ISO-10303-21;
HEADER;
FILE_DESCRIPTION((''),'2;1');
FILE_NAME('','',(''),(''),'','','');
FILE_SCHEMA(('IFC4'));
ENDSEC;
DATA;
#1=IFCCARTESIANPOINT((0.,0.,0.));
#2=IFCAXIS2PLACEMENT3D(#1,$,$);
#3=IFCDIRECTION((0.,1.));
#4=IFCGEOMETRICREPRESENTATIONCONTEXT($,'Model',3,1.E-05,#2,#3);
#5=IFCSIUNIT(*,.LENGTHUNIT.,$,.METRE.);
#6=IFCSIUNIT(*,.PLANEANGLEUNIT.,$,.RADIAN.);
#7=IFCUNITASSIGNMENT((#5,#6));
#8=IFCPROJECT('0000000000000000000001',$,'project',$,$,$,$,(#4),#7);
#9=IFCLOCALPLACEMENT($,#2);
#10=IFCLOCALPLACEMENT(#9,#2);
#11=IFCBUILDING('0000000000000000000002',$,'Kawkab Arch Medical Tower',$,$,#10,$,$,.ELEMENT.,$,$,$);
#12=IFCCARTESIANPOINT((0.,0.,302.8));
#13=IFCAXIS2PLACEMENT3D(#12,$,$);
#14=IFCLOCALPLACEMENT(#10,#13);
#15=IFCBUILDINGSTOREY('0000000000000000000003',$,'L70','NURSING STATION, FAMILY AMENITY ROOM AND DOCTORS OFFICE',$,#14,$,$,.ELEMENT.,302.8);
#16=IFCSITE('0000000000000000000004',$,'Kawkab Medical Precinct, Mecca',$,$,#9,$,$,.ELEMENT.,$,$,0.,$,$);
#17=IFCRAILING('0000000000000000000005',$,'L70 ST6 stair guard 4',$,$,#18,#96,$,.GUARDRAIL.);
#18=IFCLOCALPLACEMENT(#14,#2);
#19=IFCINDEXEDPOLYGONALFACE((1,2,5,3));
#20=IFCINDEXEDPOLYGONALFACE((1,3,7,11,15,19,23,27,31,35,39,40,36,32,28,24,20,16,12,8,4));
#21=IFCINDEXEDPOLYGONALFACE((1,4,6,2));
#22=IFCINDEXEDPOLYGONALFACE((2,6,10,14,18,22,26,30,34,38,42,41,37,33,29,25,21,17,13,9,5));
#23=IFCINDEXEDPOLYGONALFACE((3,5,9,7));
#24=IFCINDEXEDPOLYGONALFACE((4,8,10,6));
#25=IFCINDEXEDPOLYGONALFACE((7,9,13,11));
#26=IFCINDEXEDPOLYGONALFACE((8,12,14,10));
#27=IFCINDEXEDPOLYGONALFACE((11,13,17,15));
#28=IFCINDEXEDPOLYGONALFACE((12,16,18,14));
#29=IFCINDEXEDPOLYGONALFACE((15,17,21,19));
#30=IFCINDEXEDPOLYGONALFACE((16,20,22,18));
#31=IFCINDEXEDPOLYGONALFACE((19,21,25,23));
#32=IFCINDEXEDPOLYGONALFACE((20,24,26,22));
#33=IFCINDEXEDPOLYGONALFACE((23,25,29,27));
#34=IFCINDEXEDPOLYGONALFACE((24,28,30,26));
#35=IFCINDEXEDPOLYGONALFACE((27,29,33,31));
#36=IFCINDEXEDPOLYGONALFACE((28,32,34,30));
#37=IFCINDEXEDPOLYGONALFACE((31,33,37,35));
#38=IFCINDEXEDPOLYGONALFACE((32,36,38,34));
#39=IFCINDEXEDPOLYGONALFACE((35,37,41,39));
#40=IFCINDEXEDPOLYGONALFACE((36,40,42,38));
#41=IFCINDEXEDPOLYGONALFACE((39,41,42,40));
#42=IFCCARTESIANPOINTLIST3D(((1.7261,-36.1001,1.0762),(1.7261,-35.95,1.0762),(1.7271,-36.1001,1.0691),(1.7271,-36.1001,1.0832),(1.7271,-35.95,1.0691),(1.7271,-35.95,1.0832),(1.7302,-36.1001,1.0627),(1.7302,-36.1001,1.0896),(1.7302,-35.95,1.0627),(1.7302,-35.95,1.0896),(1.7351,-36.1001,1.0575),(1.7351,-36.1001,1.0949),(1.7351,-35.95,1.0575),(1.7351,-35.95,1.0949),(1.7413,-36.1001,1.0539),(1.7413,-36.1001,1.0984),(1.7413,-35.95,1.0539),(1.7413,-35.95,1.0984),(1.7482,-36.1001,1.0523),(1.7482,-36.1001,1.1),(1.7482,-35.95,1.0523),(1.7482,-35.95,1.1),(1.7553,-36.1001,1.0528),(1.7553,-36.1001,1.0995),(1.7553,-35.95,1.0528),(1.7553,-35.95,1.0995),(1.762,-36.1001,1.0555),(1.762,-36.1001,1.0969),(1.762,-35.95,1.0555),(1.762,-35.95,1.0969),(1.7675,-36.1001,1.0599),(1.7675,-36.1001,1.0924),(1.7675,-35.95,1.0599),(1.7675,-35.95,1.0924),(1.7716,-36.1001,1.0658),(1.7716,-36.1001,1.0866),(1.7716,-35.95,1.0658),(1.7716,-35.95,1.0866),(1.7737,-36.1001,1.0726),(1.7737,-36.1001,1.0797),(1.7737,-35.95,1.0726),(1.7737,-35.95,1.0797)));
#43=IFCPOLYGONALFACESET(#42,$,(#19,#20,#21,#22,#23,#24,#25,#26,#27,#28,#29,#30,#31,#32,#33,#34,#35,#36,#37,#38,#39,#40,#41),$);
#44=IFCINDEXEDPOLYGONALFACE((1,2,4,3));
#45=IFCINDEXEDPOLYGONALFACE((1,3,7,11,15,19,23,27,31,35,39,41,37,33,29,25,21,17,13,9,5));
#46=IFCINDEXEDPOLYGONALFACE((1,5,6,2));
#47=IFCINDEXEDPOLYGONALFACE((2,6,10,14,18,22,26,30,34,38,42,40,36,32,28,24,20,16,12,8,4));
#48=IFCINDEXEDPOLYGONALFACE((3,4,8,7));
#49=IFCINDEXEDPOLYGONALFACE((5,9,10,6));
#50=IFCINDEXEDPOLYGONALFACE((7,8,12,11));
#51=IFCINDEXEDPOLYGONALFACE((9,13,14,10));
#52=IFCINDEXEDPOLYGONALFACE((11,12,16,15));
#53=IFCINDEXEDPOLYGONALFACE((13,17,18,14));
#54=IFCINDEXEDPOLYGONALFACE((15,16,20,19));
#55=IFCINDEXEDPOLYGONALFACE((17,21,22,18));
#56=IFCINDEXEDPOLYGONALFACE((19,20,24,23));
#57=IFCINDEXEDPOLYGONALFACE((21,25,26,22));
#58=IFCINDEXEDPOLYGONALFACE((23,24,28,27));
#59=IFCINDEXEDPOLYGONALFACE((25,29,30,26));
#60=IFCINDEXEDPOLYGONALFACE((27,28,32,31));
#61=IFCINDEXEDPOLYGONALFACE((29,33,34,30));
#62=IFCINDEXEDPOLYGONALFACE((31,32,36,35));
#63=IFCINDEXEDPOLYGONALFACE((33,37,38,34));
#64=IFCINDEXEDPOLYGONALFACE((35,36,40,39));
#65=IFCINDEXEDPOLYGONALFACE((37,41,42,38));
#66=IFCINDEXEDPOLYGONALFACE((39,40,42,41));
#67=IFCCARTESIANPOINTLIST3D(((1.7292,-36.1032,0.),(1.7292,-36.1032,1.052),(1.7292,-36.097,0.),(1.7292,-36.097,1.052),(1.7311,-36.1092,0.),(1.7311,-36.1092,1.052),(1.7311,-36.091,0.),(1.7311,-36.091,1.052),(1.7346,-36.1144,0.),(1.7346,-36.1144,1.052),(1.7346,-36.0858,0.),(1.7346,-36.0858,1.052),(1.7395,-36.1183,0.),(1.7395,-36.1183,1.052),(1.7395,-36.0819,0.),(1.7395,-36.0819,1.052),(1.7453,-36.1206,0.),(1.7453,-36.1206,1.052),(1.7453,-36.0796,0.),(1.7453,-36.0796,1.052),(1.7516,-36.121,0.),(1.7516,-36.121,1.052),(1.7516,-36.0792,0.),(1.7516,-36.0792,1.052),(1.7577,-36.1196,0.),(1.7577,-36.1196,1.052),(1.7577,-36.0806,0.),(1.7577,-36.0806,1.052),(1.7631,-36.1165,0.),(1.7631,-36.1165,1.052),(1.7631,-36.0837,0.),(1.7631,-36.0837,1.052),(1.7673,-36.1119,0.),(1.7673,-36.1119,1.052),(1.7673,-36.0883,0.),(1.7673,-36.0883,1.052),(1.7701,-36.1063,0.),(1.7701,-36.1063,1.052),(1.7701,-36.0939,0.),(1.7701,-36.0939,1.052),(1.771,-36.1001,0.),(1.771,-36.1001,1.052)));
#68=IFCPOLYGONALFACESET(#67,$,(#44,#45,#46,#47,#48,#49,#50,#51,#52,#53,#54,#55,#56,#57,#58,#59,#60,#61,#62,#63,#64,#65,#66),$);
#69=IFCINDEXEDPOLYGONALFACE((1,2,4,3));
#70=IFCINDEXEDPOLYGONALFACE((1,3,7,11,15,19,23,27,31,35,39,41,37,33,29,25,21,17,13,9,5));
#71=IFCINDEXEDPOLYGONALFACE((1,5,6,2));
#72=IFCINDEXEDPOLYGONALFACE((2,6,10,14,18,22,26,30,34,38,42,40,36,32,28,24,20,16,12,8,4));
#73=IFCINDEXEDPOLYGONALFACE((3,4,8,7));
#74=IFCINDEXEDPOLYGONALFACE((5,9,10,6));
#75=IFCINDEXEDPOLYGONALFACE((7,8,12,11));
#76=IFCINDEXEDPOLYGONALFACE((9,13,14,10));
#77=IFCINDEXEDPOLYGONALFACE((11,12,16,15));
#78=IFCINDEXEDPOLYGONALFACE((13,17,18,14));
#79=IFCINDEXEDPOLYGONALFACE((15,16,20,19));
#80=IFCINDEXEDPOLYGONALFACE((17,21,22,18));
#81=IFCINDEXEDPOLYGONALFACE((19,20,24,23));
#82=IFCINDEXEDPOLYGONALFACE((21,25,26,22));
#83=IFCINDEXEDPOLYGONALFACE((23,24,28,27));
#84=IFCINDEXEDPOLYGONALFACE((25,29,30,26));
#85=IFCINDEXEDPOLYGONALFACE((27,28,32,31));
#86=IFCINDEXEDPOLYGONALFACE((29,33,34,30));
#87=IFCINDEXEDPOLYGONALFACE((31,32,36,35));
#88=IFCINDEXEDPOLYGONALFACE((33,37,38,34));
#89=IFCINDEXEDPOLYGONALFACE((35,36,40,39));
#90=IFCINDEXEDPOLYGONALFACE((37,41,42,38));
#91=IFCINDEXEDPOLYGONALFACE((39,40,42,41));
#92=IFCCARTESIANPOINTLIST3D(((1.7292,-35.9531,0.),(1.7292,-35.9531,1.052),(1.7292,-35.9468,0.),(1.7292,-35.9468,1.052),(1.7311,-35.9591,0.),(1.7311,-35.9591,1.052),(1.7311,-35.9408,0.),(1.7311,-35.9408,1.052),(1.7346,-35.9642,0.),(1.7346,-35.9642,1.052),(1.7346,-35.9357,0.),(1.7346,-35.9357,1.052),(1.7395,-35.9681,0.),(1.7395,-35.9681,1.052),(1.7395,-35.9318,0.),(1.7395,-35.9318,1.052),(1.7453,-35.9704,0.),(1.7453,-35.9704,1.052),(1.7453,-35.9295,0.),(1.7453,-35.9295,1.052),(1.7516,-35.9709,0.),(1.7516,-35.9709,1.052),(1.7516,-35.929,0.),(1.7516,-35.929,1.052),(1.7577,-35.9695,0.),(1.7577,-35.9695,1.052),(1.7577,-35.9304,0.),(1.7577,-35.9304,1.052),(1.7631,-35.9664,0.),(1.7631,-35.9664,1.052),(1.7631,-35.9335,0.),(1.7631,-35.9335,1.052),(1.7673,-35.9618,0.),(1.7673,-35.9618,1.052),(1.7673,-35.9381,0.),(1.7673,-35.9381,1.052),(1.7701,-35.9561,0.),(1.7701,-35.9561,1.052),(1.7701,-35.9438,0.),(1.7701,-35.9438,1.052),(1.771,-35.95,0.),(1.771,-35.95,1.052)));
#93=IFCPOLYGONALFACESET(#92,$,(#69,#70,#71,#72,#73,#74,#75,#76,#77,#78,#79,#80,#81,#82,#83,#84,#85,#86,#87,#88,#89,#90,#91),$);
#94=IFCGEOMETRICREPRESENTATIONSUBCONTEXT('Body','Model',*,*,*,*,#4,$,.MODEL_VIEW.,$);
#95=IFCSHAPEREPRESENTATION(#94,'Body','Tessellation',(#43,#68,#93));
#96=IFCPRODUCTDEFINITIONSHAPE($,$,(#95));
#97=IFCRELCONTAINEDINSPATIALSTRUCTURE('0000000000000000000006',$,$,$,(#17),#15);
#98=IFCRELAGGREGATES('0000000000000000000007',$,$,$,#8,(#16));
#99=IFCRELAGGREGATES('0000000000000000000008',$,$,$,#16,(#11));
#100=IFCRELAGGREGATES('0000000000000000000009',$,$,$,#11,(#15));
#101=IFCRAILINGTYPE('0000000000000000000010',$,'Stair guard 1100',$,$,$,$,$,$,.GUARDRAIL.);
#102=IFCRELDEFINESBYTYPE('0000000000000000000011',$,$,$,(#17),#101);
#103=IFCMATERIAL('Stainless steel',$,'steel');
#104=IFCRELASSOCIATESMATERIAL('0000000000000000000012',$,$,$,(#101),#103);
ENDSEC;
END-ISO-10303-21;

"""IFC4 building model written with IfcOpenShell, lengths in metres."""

from ifc_helpers import new_model, si_unit, direction, frame, origin, origin_2d, place, context, subcontext, project, spatial, circle, extrude, material, type_object, element, save


model = new_model("IFC4")

# Units and contexts
model_context = context("Model", 3, precision=1e-05, world=origin(), true_north=direction((0.0, 1.0)))
body_context = subcontext(model_context, "Body", "Model", "MODEL_VIEW")
ifc_project = project(units=[si_unit("LENGTHUNIT", "METRE"), si_unit("PLANEANGLEUNIT", "RADIAN")], contexts=[model_context])

# Site, building, storey
site_placement = place(None, origin())
site = spatial("IfcSite", under=ifc_project, at=site_placement, Name="Kawkab Medical Precinct, Mecca", CompositionType="ELEMENT", RefElevation=0.0)
building_placement = place(site_placement, origin())
building = spatial("IfcBuilding", under=site, at=building_placement, Name="Kawkab Arch Medical Tower", CompositionType="ELEMENT")
storey_placement = place(building_placement, frame((0.0, 0.0, 302.8)))
storey = spatial("IfcBuildingStorey", under=building, at=storey_placement, Name="L70", Description="NURSING STATION, FAMILY AMENITY ROOM AND DOCTORS OFFICE", CompositionType="ELEMENT", Elevation=302.8)

# Railing
ifc_material_1 = material(Name="Stainless steel", Category="steel")
railing_type_1 = type_object("IfcRailingType", Name="Stair guard 1100", PredefinedType="GUARDRAIL", material=ifc_material_1)
railing_1_placement = place(storey_placement, frame((1.75, -36.1001, 0.0)))
element("IfcRailing", 1, at=railing_1_placement, inside=storey, type_object=railing_type_1, Name="L70 ST6 stair guard 4", PredefinedType="GUARDRAIL", context=body_context, shape_type="SweptSolid", body=[
    extrude(circle(Radius=0.0239, at=origin_2d()), frame((0.0, 0.0, 1.0762), z_axis=(0.0, 1.0, 0.0), x_axis=(-1.0, 0.0, 0.0)), (0.0, 0.0, 1.0), 0.1501),
    extrude(circle(Radius=0.021, at=origin_2d()), origin(), (0.0, 0.0, 1.0), 1.052),
    extrude(circle(Radius=0.021, at=origin_2d()), frame((0.0, 0.1501, 0.0)), (0.0, 0.0, 1.0), 1.052),
])

save(model, "model.ifc")
